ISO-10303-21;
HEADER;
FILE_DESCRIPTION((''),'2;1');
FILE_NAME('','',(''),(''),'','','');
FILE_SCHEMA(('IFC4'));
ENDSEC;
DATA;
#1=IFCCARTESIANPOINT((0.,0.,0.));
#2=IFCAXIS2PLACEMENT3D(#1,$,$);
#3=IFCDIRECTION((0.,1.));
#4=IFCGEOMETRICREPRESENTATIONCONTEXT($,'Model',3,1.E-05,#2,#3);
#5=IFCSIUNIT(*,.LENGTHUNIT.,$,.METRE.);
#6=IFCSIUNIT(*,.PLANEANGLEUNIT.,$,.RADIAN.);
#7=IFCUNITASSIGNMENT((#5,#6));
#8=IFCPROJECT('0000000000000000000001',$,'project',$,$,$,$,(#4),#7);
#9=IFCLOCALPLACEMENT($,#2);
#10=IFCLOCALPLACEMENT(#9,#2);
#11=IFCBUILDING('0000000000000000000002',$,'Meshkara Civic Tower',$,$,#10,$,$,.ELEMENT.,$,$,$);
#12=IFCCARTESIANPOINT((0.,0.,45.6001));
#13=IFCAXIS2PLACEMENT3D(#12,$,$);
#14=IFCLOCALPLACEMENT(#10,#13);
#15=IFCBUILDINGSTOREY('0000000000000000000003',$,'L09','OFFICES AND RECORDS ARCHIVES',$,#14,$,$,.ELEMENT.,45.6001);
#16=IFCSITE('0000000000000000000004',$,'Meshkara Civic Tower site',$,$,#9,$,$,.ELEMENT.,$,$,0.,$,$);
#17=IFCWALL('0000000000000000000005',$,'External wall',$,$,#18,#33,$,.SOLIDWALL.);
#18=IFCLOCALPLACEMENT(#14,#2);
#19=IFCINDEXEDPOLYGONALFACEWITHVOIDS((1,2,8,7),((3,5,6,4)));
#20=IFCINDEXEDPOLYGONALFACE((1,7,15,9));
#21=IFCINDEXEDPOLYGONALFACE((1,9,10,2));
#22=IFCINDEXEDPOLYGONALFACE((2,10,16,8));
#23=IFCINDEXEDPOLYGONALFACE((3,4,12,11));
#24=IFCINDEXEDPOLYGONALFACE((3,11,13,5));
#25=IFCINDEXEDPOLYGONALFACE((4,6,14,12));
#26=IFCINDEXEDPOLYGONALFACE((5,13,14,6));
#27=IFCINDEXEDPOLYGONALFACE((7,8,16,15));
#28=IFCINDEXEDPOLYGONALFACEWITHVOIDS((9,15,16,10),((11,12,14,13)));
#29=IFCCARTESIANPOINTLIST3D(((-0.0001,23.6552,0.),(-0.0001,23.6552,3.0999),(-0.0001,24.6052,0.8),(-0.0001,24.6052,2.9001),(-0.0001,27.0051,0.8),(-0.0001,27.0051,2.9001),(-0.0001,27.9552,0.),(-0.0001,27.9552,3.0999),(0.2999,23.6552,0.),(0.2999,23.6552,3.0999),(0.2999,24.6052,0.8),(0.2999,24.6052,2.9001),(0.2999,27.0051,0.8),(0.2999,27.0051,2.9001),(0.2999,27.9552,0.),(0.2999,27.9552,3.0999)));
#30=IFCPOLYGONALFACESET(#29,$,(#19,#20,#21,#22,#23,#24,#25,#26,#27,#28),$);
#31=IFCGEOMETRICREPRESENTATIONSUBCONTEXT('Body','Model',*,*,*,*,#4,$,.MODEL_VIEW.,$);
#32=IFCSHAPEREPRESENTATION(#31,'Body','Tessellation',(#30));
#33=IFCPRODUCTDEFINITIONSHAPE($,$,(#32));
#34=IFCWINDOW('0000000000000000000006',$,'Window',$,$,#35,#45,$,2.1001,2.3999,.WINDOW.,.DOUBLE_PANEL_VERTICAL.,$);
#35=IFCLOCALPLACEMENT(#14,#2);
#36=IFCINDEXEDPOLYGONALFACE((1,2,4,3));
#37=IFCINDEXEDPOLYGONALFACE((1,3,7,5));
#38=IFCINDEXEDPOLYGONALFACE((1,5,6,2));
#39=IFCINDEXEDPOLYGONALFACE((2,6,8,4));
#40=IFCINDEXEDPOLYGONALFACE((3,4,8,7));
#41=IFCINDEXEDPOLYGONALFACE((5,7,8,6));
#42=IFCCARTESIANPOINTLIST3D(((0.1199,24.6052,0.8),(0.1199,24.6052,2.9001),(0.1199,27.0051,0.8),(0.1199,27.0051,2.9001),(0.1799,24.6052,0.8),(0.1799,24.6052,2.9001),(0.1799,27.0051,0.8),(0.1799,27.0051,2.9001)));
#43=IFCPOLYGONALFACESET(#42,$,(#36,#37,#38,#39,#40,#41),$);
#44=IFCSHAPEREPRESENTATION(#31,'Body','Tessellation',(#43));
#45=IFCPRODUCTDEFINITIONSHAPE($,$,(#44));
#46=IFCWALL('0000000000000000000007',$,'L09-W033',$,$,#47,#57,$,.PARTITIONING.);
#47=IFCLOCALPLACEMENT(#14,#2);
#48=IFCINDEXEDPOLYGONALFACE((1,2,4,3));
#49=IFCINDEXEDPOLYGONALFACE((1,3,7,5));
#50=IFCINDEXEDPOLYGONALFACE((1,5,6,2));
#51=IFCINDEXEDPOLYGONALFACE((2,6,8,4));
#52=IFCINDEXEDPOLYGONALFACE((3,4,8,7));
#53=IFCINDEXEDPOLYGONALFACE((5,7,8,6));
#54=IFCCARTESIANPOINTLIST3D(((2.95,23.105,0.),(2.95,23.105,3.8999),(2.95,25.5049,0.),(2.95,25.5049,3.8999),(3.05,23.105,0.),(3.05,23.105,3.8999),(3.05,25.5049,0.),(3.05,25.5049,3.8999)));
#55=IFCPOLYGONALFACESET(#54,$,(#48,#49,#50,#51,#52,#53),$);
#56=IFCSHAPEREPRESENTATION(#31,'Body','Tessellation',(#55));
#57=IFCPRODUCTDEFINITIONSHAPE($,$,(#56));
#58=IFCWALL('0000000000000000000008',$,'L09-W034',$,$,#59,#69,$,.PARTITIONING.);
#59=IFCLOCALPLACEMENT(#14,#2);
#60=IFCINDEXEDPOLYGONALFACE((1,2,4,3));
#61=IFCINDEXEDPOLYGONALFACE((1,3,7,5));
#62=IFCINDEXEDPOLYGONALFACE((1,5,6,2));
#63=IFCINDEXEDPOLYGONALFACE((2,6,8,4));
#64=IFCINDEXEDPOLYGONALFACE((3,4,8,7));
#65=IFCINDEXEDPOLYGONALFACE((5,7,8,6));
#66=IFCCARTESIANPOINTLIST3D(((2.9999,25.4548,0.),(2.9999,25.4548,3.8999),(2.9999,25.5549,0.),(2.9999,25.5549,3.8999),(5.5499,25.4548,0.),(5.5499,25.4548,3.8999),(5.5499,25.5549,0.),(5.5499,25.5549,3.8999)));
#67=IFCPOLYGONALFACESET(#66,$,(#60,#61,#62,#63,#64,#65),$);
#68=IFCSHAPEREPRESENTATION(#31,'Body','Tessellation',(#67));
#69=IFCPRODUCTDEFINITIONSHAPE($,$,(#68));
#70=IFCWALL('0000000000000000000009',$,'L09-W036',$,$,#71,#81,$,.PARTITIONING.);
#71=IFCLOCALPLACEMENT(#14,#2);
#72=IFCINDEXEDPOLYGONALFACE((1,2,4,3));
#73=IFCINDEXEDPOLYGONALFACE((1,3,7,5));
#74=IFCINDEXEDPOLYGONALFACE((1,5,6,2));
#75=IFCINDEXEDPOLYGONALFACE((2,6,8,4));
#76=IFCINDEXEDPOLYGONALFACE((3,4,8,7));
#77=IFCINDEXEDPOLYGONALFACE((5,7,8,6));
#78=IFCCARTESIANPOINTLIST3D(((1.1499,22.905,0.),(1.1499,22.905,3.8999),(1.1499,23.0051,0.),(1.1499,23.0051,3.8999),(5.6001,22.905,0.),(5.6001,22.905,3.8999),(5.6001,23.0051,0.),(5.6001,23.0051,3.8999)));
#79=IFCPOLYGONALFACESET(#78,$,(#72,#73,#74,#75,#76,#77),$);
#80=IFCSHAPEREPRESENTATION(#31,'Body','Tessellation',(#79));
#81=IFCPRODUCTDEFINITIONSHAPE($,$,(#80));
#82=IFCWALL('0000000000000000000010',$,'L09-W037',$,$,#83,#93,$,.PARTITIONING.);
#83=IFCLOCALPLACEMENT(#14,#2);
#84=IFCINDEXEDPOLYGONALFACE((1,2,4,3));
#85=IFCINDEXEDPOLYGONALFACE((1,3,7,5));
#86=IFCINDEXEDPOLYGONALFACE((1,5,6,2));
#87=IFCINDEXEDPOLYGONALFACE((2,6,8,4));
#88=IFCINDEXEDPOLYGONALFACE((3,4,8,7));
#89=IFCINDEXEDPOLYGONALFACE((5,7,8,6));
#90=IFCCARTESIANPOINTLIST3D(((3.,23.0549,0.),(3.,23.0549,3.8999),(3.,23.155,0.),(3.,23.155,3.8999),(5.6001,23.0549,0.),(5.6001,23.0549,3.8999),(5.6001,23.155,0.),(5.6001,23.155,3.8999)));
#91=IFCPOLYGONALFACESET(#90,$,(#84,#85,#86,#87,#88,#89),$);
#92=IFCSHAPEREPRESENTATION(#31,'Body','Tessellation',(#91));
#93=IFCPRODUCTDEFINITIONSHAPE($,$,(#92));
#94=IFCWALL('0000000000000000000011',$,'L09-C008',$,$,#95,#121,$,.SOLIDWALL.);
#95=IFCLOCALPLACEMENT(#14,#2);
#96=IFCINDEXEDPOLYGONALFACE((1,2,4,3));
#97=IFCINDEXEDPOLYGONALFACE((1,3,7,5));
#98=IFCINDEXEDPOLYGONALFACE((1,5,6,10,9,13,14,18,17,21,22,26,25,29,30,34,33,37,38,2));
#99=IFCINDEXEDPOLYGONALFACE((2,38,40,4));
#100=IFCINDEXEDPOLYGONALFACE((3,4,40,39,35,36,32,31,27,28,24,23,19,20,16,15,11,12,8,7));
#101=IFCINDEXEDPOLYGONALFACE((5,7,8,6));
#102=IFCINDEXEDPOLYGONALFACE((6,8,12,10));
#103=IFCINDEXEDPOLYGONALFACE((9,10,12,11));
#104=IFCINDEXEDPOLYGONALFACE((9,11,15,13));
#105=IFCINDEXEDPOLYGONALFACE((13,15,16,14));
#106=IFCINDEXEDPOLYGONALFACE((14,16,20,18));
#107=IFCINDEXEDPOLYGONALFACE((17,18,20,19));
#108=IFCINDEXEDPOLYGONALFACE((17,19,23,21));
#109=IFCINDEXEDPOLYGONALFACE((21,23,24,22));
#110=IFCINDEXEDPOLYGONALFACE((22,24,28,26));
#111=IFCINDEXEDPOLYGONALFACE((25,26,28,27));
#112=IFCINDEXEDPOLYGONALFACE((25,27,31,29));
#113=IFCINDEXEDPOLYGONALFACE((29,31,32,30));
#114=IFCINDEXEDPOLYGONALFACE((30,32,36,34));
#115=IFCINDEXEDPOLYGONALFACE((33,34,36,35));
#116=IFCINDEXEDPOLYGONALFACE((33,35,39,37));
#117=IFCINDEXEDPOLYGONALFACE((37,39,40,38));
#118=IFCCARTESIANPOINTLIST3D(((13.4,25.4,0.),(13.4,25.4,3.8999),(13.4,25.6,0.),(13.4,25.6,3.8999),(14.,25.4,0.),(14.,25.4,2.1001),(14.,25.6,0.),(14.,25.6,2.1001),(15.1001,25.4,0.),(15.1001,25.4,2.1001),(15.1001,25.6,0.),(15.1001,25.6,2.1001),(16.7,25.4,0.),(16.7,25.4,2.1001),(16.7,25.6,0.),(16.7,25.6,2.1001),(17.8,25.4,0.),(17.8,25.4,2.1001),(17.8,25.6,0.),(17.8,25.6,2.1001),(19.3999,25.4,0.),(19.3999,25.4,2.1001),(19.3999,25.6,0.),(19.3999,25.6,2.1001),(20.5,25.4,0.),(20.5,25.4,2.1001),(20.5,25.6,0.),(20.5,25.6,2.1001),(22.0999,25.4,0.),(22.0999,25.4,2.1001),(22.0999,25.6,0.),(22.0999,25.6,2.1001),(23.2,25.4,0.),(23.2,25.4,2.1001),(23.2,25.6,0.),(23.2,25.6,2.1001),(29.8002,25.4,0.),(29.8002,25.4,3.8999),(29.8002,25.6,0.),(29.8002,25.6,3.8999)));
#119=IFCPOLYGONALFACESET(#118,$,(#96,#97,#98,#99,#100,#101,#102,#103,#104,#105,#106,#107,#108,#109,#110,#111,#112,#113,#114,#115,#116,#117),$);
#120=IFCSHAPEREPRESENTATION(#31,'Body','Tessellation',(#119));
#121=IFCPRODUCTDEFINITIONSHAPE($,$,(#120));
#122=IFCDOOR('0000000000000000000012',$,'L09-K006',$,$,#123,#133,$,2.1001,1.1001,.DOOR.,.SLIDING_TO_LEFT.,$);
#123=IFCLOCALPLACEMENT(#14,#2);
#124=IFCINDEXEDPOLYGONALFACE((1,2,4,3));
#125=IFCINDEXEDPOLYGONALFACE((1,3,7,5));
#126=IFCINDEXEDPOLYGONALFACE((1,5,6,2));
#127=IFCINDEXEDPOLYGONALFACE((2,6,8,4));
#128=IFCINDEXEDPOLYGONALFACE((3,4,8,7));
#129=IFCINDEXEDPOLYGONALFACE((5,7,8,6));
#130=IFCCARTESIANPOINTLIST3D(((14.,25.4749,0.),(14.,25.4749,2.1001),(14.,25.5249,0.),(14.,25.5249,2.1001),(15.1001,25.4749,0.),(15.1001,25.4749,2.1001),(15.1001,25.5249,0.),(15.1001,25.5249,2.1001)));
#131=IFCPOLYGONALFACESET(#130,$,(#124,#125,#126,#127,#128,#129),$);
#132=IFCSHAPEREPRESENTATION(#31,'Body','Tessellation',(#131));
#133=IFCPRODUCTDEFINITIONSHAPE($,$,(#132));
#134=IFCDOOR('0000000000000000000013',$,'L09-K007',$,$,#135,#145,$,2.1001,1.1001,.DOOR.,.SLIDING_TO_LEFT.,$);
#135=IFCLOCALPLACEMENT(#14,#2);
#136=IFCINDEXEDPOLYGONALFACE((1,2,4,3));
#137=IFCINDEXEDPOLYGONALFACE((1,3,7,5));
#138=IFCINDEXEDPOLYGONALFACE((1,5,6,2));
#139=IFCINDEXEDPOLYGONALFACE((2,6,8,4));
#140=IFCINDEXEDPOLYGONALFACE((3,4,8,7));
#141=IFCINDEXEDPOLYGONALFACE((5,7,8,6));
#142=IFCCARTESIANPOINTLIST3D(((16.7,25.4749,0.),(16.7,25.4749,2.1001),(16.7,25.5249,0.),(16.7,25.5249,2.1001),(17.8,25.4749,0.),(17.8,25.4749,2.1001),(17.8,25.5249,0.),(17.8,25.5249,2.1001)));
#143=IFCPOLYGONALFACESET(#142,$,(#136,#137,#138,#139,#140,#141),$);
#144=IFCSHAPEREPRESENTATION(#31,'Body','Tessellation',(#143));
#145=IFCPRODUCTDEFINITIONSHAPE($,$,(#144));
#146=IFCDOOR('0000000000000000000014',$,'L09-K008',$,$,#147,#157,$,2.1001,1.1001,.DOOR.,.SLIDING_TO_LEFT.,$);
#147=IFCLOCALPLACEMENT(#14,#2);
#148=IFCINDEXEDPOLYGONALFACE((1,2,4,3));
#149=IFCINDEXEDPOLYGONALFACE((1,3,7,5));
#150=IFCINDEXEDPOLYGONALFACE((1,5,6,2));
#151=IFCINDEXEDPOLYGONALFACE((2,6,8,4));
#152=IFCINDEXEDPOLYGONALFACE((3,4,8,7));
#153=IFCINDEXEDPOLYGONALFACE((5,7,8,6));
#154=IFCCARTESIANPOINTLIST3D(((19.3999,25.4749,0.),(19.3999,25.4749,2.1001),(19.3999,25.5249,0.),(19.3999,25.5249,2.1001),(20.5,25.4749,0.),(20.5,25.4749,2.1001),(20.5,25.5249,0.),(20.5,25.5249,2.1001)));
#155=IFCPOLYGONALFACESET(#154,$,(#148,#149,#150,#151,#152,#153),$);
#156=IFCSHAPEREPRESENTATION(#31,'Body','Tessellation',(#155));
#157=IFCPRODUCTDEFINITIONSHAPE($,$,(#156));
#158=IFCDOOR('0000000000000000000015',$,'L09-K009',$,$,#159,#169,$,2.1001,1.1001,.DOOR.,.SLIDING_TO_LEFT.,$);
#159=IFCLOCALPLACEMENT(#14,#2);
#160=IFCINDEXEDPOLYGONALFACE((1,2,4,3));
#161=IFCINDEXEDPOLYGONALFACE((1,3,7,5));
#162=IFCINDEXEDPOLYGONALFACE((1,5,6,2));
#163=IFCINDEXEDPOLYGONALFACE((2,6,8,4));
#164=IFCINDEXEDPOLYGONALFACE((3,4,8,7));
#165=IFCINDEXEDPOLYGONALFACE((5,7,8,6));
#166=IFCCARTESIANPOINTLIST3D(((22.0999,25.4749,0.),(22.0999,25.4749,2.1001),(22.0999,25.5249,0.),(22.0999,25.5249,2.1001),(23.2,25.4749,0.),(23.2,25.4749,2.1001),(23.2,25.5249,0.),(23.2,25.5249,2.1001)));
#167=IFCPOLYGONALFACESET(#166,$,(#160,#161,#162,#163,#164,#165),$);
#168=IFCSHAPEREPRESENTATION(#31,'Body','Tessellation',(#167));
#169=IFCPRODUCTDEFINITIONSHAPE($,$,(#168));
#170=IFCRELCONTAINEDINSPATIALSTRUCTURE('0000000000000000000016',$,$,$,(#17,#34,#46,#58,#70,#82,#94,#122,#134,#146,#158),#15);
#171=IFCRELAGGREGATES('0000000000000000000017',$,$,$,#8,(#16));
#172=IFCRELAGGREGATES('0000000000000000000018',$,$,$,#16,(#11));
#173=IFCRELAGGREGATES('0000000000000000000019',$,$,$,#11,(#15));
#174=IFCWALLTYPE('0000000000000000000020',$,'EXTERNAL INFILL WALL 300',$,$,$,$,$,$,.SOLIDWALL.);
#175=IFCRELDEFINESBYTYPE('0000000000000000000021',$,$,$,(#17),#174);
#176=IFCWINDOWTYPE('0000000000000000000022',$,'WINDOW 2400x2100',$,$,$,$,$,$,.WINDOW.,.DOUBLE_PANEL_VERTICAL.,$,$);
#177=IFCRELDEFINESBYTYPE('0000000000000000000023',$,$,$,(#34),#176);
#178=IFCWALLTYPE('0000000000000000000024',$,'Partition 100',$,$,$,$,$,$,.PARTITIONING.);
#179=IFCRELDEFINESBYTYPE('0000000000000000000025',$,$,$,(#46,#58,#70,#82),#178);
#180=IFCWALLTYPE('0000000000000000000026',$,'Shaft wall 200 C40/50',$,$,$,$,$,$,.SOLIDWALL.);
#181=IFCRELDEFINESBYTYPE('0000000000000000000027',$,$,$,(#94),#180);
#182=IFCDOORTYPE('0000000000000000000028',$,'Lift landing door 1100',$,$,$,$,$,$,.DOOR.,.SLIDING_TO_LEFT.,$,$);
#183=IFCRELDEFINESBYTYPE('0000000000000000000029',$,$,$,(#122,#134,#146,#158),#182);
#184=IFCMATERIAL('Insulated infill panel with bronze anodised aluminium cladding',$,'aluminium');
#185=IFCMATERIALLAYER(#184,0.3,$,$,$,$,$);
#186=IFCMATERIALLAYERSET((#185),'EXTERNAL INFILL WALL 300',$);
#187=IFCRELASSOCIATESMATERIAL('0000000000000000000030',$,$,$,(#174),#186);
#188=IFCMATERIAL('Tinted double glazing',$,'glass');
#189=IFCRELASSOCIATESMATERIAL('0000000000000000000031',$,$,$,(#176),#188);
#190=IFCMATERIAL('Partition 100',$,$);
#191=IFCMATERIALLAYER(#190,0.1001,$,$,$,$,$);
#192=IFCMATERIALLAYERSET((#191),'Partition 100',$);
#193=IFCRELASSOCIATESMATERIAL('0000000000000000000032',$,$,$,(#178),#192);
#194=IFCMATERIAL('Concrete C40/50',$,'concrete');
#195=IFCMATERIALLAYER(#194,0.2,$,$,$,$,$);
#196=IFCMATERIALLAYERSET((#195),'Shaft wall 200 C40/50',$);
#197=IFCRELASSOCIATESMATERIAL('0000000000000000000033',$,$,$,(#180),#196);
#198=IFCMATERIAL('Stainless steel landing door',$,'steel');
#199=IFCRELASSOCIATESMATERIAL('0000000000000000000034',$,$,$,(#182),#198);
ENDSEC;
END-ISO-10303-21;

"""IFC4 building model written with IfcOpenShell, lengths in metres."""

from ifc_helpers import new_model, si_unit, direction, frame, frame_2d, origin, place, context, subcontext, project, spatial, rectangle, extrude, material, layer, layer_set, type_object, element, fill, save


model = new_model("IFC4")

# Units and contexts
model_context = context("Model", 3, precision=1e-05, world=origin(), true_north=direction((0.0, 1.0)))
body_context = subcontext(model_context, "Body", "Model", "MODEL_VIEW")
ifc_project = project(units=[si_unit("LENGTHUNIT", "METRE"), si_unit("PLANEANGLEUNIT", "RADIAN")], contexts=[model_context])

# Site, building, storey
site_placement = place(None, origin())
site = spatial("IfcSite", under=ifc_project, at=site_placement, Name="Meshkara Civic Tower site", CompositionType="ELEMENT", RefElevation=0.0)
building_placement = place(site_placement, origin())
building = spatial("IfcBuilding", under=site, at=building_placement, Name="Meshkara Civic Tower", CompositionType="ELEMENT")
storey_placement = place(building_placement, frame((0.0, 0.0, 45.6001)))
storey = spatial("IfcBuildingStorey", under=building, at=storey_placement, Name="L09", Description="OFFICES AND RECORDS ARCHIVES", CompositionType="ELEMENT", Elevation=45.6001)

# Wall, opening, window
ifc_material_1 = material(Name="Insulated infill panel with bronze anodised aluminium cladding", Category="aluminium")
ifc_layer_1 = layer(ifc_material_1, 0.3)
ifc_layer_set_1 = layer_set([ifc_layer_1], Name="EXTERNAL INFILL WALL 300")
wall_type_1 = type_object("IfcWallType", Name="EXTERNAL INFILL WALL 300", PredefinedType="SOLIDWALL", material=ifc_layer_set_1)
wall_1_placement = place(storey_placement, frame((0.1499, 27.9551, 0.0), z_axis=(0.0, 0.0, 1.0), x_axis=(0.0, -1.0, 0.0)))
wall_1 = element("IfcWall", 1, at=wall_1_placement, inside=storey, type_object=wall_type_1, Name="External wall", PredefinedType="SOLIDWALL", context=body_context, shape_type="SweptSolid", body=[
    extrude(rectangle(XDim=4.3, YDim=0.3, at=frame_2d((2.1499, 0.0))), origin(), (0.0, 0.0, 1.0), 3.0999),
])
opening_1_placement = place(wall_1_placement, frame((0.95, 0.0, 0.8)))
opening_1 = element("IfcOpeningElement", 2, at=opening_1_placement, cuts=wall_1, PredefinedType="OPENING", context=body_context, shape_type="SweptSolid", body=[
    extrude(rectangle(XDim=2.3999, YDim=2.1001, at=frame_2d((1.2, 1.05))), frame((0.0, 0.1599, 0.0), z_axis=(0.0, -1.0, 0.0), x_axis=(1.0, 0.0, 0.0)), (0.0, 0.0, 1.0), 0.3201),
])
ifc_material_2 = material(Name="Tinted double glazing", Category="glass")
window_type = type_object("IfcWindowType", Name="WINDOW 2400x2100", PartitioningType="DOUBLE_PANEL_VERTICAL", PredefinedType="WINDOW", material=ifc_material_2)
window_placement = place(opening_1_placement, origin())
window = element("IfcWindow", 3, at=window_placement, inside=storey, type_object=window_type, Name="Window", OverallHeight=2.1001, OverallWidth=2.3999, PartitioningType="DOUBLE_PANEL_VERTICAL", PredefinedType="WINDOW", context=body_context, shape_type="SweptSolid", body=[
    extrude(rectangle(XDim=2.3999, YDim=2.1001, at=frame_2d((1.2, 1.05))), frame((0.0, 0.03, 0.0), z_axis=(0.0, -1.0, 0.0), x_axis=(1.0, 0.0, 0.0)), (0.0, 0.0, 1.0), 0.0601),
])
fill(opening_1, window)

# Walls
ifc_material_3 = material(Name="Partition 100")
ifc_layer_2 = layer(ifc_material_3, 0.1001)
ifc_layer_set_2 = layer_set([ifc_layer_2], Name="Partition 100")
wall_type_2 = type_object("IfcWallType", Name="Partition 100", PredefinedType="PARTITIONING", material=ifc_layer_set_2)
wall_2_placement = place(storey_placement, frame((3.0, 23.105, 0.0), z_axis=(0.0, 0.0, 1.0), x_axis=(0.0, 1.0, 0.0)))
element("IfcWall", 4, at=wall_2_placement, inside=storey, type_object=wall_type_2, Name="L09-W033", PredefinedType="PARTITIONING", context=body_context, shape_type="SweptSolid", body=[
    extrude(rectangle(XDim=2.3999, YDim=0.1001, at=frame_2d((1.2, 0.0))), origin(), (0.0, 0.0, 1.0), 3.8999),
])
wall_3_placement = place(storey_placement, frame((3.0, 25.5049, 0.0), z_axis=(0.0, 0.0, 1.0), x_axis=(1.0, 0.0, 0.0)))
element("IfcWall", 5, at=wall_3_placement, inside=storey, type_object=wall_type_2, Name="L09-W034", PredefinedType="PARTITIONING", context=body_context, shape_type="SweptSolid", body=[
    extrude(rectangle(XDim=2.55, YDim=0.1001, at=frame_2d((1.2749, 0.0))), origin(), (0.0, 0.0, 1.0), 3.8999),
])
wall_4_placement = place(storey_placement, frame((5.6001, 22.9551, 0.0), z_axis=(0.0, 0.0, 1.0), x_axis=(-1.0, 0.0, 0.0)))
element("IfcWall", 6, at=wall_4_placement, inside=storey, type_object=wall_type_2, Name="L09-W036", PredefinedType="PARTITIONING", context=body_context, shape_type="SweptSolid", body=[
    extrude(rectangle(XDim=4.4502, YDim=0.1001, at=frame_2d((2.2251, 0.0))), origin(), (0.0, 0.0, 1.0), 3.8999),
])
wall_5_placement = place(storey_placement, frame((5.6001, 23.105, 0.0), z_axis=(0.0, 0.0, 1.0), x_axis=(-1.0, 0.0, 0.0)))
element("IfcWall", 7, at=wall_5_placement, inside=storey, type_object=wall_type_2, Name="L09-W037", PredefinedType="PARTITIONING", context=body_context, shape_type="SweptSolid", body=[
    extrude(rectangle(XDim=2.6001, YDim=0.1001, at=frame_2d((1.3, 0.0))), origin(), (0.0, 0.0, 1.0), 3.8999),
])

# Wall, openings, doors
ifc_material_4 = material(Name="Concrete C40/50", Category="concrete")
ifc_layer_3 = layer(ifc_material_4, 0.2)
ifc_layer_set_3 = layer_set([ifc_layer_3], Name="Shaft wall 200 C40/50")
wall_type_3 = type_object("IfcWallType", Name="Shaft wall 200 C40/50", PredefinedType="SOLIDWALL", material=ifc_layer_set_3)
wall_6_placement = place(storey_placement, frame((13.3999, 25.5, 0.0), z_axis=(0.0, 0.0, 1.0), x_axis=(1.0, 0.0, 0.0)))
wall_6 = element("IfcWall", 8, at=wall_6_placement, inside=storey, type_object=wall_type_3, Name="L09-C008", PredefinedType="SOLIDWALL", context=body_context, shape_type="SweptSolid", body=[
    extrude(rectangle(XDim=16.4001, YDim=0.2, at=frame_2d((8.2002, 0.0))), origin(), (0.0, 0.0, 1.0), 3.8999),
])
opening_2_placement = place(wall_6_placement, frame((0.6001, 0.0, 0.0)))
opening_2 = element("IfcOpeningElement", 9, at=opening_2_placement, cuts=wall_6, PredefinedType="OPENING", context=body_context, shape_type="SweptSolid", body=[
    extrude(rectangle(XDim=1.1001, YDim=2.1001, at=frame_2d((0.55, 1.05))), frame((0.0, 0.1099, 0.0), z_axis=(0.0, -1.0, 0.0), x_axis=(1.0, 0.0, 0.0)), (0.0, 0.0, 1.0), 0.22),
])
opening_3_placement = place(wall_6_placement, frame((3.3, 0.0, 0.0)))
opening_3 = element("IfcOpeningElement", 10, at=opening_3_placement, cuts=wall_6, PredefinedType="OPENING", context=body_context, shape_type="SweptSolid", body=[
    extrude(rectangle(XDim=1.1001, YDim=2.1001, at=frame_2d((0.55, 1.05))), frame((0.0, 0.1099, 0.0), z_axis=(0.0, -1.0, 0.0), x_axis=(1.0, 0.0, 0.0)), (0.0, 0.0, 1.0), 0.22),
])
opening_4_placement = place(wall_6_placement, frame((6.0, 0.0, 0.0)))
opening_4 = element("IfcOpeningElement", 11, at=opening_4_placement, cuts=wall_6, PredefinedType="OPENING", context=body_context, shape_type="SweptSolid", body=[
    extrude(rectangle(XDim=1.1001, YDim=2.1001, at=frame_2d((0.55, 1.05))), frame((0.0, 0.1099, 0.0), z_axis=(0.0, -1.0, 0.0), x_axis=(1.0, 0.0, 0.0)), (0.0, 0.0, 1.0), 0.22),
])
opening_5_placement = place(wall_6_placement, frame((8.7, 0.0, 0.0)))
opening_5 = element("IfcOpeningElement", 12, at=opening_5_placement, cuts=wall_6, PredefinedType="OPENING", context=body_context, shape_type="SweptSolid", body=[
    extrude(rectangle(XDim=1.1001, YDim=2.1001, at=frame_2d((0.55, 1.05))), frame((0.0, 0.1099, 0.0), z_axis=(0.0, -1.0, 0.0), x_axis=(1.0, 0.0, 0.0)), (0.0, 0.0, 1.0), 0.22),
])
ifc_material_5 = material(Name="Stainless steel landing door", Category="steel")
door_type_1 = type_object("IfcDoorType", Name="Lift landing door 1100", OperationType="SLIDING_TO_LEFT", PredefinedType="DOOR", material=ifc_material_5)
door_1_placement = place(opening_2_placement, origin())
door_1 = element("IfcDoor", 13, at=door_1_placement, inside=storey, type_object=door_type_1, Name="L09-K006", OperationType="SLIDING_TO_LEFT", OverallHeight=2.1001, OverallWidth=1.1001, PredefinedType="DOOR", context=body_context, shape_type="SweptSolid", body=[
    extrude(rectangle(XDim=1.1001, YDim=2.1001, at=frame_2d((0.55, 1.05))), frame((0.0, 0.0249, 0.0), z_axis=(0.0, -1.0, 0.0), x_axis=(1.0, 0.0, 0.0)), (0.0, 0.0, 1.0), 0.05),
])
fill(opening_2, door_1)
door_2_placement = place(opening_3_placement, origin())
door_2 = element("IfcDoor", 14, at=door_2_placement, inside=storey, type_object=door_type_1, Name="L09-K007", OperationType="SLIDING_TO_LEFT", OverallHeight=2.1001, OverallWidth=1.1001, PredefinedType="DOOR", context=body_context, shape_type="SweptSolid", body=[
    extrude(rectangle(XDim=1.1001, YDim=2.1001, at=frame_2d((0.55, 1.05))), frame((0.0, 0.0249, 0.0), z_axis=(0.0, -1.0, 0.0), x_axis=(1.0, 0.0, 0.0)), (0.0, 0.0, 1.0), 0.05),
])
fill(opening_3, door_2)
door_3_placement = place(opening_4_placement, origin())
door_3 = element("IfcDoor", 15, at=door_3_placement, inside=storey, type_object=door_type_1, Name="L09-K008", OperationType="SLIDING_TO_LEFT", OverallHeight=2.1001, OverallWidth=1.1001, PredefinedType="DOOR", context=body_context, shape_type="SweptSolid", body=[
    extrude(rectangle(XDim=1.1001, YDim=2.1001, at=frame_2d((0.55, 1.05))), frame((0.0, 0.0249, 0.0), z_axis=(0.0, -1.0, 0.0), x_axis=(1.0, 0.0, 0.0)), (0.0, 0.0, 1.0), 0.05),
])
fill(opening_4, door_3)
door_4_placement = place(opening_5_placement, origin())
door_4 = element("IfcDoor", 16, at=door_4_placement, inside=storey, type_object=door_type_1, Name="L09-K009", OperationType="SLIDING_TO_LEFT", OverallHeight=2.1001, OverallWidth=1.1001, PredefinedType="DOOR", context=body_context, shape_type="SweptSolid", body=[
    extrude(rectangle(XDim=1.1001, YDim=2.1001, at=frame_2d((0.55, 1.05))), frame((0.0, 0.0249, 0.0), z_axis=(0.0, -1.0, 0.0), x_axis=(1.0, 0.0, 0.0)), (0.0, 0.0, 1.0), 0.05),
])
fill(opening_5, door_4)

save(model, "model.ifc")
